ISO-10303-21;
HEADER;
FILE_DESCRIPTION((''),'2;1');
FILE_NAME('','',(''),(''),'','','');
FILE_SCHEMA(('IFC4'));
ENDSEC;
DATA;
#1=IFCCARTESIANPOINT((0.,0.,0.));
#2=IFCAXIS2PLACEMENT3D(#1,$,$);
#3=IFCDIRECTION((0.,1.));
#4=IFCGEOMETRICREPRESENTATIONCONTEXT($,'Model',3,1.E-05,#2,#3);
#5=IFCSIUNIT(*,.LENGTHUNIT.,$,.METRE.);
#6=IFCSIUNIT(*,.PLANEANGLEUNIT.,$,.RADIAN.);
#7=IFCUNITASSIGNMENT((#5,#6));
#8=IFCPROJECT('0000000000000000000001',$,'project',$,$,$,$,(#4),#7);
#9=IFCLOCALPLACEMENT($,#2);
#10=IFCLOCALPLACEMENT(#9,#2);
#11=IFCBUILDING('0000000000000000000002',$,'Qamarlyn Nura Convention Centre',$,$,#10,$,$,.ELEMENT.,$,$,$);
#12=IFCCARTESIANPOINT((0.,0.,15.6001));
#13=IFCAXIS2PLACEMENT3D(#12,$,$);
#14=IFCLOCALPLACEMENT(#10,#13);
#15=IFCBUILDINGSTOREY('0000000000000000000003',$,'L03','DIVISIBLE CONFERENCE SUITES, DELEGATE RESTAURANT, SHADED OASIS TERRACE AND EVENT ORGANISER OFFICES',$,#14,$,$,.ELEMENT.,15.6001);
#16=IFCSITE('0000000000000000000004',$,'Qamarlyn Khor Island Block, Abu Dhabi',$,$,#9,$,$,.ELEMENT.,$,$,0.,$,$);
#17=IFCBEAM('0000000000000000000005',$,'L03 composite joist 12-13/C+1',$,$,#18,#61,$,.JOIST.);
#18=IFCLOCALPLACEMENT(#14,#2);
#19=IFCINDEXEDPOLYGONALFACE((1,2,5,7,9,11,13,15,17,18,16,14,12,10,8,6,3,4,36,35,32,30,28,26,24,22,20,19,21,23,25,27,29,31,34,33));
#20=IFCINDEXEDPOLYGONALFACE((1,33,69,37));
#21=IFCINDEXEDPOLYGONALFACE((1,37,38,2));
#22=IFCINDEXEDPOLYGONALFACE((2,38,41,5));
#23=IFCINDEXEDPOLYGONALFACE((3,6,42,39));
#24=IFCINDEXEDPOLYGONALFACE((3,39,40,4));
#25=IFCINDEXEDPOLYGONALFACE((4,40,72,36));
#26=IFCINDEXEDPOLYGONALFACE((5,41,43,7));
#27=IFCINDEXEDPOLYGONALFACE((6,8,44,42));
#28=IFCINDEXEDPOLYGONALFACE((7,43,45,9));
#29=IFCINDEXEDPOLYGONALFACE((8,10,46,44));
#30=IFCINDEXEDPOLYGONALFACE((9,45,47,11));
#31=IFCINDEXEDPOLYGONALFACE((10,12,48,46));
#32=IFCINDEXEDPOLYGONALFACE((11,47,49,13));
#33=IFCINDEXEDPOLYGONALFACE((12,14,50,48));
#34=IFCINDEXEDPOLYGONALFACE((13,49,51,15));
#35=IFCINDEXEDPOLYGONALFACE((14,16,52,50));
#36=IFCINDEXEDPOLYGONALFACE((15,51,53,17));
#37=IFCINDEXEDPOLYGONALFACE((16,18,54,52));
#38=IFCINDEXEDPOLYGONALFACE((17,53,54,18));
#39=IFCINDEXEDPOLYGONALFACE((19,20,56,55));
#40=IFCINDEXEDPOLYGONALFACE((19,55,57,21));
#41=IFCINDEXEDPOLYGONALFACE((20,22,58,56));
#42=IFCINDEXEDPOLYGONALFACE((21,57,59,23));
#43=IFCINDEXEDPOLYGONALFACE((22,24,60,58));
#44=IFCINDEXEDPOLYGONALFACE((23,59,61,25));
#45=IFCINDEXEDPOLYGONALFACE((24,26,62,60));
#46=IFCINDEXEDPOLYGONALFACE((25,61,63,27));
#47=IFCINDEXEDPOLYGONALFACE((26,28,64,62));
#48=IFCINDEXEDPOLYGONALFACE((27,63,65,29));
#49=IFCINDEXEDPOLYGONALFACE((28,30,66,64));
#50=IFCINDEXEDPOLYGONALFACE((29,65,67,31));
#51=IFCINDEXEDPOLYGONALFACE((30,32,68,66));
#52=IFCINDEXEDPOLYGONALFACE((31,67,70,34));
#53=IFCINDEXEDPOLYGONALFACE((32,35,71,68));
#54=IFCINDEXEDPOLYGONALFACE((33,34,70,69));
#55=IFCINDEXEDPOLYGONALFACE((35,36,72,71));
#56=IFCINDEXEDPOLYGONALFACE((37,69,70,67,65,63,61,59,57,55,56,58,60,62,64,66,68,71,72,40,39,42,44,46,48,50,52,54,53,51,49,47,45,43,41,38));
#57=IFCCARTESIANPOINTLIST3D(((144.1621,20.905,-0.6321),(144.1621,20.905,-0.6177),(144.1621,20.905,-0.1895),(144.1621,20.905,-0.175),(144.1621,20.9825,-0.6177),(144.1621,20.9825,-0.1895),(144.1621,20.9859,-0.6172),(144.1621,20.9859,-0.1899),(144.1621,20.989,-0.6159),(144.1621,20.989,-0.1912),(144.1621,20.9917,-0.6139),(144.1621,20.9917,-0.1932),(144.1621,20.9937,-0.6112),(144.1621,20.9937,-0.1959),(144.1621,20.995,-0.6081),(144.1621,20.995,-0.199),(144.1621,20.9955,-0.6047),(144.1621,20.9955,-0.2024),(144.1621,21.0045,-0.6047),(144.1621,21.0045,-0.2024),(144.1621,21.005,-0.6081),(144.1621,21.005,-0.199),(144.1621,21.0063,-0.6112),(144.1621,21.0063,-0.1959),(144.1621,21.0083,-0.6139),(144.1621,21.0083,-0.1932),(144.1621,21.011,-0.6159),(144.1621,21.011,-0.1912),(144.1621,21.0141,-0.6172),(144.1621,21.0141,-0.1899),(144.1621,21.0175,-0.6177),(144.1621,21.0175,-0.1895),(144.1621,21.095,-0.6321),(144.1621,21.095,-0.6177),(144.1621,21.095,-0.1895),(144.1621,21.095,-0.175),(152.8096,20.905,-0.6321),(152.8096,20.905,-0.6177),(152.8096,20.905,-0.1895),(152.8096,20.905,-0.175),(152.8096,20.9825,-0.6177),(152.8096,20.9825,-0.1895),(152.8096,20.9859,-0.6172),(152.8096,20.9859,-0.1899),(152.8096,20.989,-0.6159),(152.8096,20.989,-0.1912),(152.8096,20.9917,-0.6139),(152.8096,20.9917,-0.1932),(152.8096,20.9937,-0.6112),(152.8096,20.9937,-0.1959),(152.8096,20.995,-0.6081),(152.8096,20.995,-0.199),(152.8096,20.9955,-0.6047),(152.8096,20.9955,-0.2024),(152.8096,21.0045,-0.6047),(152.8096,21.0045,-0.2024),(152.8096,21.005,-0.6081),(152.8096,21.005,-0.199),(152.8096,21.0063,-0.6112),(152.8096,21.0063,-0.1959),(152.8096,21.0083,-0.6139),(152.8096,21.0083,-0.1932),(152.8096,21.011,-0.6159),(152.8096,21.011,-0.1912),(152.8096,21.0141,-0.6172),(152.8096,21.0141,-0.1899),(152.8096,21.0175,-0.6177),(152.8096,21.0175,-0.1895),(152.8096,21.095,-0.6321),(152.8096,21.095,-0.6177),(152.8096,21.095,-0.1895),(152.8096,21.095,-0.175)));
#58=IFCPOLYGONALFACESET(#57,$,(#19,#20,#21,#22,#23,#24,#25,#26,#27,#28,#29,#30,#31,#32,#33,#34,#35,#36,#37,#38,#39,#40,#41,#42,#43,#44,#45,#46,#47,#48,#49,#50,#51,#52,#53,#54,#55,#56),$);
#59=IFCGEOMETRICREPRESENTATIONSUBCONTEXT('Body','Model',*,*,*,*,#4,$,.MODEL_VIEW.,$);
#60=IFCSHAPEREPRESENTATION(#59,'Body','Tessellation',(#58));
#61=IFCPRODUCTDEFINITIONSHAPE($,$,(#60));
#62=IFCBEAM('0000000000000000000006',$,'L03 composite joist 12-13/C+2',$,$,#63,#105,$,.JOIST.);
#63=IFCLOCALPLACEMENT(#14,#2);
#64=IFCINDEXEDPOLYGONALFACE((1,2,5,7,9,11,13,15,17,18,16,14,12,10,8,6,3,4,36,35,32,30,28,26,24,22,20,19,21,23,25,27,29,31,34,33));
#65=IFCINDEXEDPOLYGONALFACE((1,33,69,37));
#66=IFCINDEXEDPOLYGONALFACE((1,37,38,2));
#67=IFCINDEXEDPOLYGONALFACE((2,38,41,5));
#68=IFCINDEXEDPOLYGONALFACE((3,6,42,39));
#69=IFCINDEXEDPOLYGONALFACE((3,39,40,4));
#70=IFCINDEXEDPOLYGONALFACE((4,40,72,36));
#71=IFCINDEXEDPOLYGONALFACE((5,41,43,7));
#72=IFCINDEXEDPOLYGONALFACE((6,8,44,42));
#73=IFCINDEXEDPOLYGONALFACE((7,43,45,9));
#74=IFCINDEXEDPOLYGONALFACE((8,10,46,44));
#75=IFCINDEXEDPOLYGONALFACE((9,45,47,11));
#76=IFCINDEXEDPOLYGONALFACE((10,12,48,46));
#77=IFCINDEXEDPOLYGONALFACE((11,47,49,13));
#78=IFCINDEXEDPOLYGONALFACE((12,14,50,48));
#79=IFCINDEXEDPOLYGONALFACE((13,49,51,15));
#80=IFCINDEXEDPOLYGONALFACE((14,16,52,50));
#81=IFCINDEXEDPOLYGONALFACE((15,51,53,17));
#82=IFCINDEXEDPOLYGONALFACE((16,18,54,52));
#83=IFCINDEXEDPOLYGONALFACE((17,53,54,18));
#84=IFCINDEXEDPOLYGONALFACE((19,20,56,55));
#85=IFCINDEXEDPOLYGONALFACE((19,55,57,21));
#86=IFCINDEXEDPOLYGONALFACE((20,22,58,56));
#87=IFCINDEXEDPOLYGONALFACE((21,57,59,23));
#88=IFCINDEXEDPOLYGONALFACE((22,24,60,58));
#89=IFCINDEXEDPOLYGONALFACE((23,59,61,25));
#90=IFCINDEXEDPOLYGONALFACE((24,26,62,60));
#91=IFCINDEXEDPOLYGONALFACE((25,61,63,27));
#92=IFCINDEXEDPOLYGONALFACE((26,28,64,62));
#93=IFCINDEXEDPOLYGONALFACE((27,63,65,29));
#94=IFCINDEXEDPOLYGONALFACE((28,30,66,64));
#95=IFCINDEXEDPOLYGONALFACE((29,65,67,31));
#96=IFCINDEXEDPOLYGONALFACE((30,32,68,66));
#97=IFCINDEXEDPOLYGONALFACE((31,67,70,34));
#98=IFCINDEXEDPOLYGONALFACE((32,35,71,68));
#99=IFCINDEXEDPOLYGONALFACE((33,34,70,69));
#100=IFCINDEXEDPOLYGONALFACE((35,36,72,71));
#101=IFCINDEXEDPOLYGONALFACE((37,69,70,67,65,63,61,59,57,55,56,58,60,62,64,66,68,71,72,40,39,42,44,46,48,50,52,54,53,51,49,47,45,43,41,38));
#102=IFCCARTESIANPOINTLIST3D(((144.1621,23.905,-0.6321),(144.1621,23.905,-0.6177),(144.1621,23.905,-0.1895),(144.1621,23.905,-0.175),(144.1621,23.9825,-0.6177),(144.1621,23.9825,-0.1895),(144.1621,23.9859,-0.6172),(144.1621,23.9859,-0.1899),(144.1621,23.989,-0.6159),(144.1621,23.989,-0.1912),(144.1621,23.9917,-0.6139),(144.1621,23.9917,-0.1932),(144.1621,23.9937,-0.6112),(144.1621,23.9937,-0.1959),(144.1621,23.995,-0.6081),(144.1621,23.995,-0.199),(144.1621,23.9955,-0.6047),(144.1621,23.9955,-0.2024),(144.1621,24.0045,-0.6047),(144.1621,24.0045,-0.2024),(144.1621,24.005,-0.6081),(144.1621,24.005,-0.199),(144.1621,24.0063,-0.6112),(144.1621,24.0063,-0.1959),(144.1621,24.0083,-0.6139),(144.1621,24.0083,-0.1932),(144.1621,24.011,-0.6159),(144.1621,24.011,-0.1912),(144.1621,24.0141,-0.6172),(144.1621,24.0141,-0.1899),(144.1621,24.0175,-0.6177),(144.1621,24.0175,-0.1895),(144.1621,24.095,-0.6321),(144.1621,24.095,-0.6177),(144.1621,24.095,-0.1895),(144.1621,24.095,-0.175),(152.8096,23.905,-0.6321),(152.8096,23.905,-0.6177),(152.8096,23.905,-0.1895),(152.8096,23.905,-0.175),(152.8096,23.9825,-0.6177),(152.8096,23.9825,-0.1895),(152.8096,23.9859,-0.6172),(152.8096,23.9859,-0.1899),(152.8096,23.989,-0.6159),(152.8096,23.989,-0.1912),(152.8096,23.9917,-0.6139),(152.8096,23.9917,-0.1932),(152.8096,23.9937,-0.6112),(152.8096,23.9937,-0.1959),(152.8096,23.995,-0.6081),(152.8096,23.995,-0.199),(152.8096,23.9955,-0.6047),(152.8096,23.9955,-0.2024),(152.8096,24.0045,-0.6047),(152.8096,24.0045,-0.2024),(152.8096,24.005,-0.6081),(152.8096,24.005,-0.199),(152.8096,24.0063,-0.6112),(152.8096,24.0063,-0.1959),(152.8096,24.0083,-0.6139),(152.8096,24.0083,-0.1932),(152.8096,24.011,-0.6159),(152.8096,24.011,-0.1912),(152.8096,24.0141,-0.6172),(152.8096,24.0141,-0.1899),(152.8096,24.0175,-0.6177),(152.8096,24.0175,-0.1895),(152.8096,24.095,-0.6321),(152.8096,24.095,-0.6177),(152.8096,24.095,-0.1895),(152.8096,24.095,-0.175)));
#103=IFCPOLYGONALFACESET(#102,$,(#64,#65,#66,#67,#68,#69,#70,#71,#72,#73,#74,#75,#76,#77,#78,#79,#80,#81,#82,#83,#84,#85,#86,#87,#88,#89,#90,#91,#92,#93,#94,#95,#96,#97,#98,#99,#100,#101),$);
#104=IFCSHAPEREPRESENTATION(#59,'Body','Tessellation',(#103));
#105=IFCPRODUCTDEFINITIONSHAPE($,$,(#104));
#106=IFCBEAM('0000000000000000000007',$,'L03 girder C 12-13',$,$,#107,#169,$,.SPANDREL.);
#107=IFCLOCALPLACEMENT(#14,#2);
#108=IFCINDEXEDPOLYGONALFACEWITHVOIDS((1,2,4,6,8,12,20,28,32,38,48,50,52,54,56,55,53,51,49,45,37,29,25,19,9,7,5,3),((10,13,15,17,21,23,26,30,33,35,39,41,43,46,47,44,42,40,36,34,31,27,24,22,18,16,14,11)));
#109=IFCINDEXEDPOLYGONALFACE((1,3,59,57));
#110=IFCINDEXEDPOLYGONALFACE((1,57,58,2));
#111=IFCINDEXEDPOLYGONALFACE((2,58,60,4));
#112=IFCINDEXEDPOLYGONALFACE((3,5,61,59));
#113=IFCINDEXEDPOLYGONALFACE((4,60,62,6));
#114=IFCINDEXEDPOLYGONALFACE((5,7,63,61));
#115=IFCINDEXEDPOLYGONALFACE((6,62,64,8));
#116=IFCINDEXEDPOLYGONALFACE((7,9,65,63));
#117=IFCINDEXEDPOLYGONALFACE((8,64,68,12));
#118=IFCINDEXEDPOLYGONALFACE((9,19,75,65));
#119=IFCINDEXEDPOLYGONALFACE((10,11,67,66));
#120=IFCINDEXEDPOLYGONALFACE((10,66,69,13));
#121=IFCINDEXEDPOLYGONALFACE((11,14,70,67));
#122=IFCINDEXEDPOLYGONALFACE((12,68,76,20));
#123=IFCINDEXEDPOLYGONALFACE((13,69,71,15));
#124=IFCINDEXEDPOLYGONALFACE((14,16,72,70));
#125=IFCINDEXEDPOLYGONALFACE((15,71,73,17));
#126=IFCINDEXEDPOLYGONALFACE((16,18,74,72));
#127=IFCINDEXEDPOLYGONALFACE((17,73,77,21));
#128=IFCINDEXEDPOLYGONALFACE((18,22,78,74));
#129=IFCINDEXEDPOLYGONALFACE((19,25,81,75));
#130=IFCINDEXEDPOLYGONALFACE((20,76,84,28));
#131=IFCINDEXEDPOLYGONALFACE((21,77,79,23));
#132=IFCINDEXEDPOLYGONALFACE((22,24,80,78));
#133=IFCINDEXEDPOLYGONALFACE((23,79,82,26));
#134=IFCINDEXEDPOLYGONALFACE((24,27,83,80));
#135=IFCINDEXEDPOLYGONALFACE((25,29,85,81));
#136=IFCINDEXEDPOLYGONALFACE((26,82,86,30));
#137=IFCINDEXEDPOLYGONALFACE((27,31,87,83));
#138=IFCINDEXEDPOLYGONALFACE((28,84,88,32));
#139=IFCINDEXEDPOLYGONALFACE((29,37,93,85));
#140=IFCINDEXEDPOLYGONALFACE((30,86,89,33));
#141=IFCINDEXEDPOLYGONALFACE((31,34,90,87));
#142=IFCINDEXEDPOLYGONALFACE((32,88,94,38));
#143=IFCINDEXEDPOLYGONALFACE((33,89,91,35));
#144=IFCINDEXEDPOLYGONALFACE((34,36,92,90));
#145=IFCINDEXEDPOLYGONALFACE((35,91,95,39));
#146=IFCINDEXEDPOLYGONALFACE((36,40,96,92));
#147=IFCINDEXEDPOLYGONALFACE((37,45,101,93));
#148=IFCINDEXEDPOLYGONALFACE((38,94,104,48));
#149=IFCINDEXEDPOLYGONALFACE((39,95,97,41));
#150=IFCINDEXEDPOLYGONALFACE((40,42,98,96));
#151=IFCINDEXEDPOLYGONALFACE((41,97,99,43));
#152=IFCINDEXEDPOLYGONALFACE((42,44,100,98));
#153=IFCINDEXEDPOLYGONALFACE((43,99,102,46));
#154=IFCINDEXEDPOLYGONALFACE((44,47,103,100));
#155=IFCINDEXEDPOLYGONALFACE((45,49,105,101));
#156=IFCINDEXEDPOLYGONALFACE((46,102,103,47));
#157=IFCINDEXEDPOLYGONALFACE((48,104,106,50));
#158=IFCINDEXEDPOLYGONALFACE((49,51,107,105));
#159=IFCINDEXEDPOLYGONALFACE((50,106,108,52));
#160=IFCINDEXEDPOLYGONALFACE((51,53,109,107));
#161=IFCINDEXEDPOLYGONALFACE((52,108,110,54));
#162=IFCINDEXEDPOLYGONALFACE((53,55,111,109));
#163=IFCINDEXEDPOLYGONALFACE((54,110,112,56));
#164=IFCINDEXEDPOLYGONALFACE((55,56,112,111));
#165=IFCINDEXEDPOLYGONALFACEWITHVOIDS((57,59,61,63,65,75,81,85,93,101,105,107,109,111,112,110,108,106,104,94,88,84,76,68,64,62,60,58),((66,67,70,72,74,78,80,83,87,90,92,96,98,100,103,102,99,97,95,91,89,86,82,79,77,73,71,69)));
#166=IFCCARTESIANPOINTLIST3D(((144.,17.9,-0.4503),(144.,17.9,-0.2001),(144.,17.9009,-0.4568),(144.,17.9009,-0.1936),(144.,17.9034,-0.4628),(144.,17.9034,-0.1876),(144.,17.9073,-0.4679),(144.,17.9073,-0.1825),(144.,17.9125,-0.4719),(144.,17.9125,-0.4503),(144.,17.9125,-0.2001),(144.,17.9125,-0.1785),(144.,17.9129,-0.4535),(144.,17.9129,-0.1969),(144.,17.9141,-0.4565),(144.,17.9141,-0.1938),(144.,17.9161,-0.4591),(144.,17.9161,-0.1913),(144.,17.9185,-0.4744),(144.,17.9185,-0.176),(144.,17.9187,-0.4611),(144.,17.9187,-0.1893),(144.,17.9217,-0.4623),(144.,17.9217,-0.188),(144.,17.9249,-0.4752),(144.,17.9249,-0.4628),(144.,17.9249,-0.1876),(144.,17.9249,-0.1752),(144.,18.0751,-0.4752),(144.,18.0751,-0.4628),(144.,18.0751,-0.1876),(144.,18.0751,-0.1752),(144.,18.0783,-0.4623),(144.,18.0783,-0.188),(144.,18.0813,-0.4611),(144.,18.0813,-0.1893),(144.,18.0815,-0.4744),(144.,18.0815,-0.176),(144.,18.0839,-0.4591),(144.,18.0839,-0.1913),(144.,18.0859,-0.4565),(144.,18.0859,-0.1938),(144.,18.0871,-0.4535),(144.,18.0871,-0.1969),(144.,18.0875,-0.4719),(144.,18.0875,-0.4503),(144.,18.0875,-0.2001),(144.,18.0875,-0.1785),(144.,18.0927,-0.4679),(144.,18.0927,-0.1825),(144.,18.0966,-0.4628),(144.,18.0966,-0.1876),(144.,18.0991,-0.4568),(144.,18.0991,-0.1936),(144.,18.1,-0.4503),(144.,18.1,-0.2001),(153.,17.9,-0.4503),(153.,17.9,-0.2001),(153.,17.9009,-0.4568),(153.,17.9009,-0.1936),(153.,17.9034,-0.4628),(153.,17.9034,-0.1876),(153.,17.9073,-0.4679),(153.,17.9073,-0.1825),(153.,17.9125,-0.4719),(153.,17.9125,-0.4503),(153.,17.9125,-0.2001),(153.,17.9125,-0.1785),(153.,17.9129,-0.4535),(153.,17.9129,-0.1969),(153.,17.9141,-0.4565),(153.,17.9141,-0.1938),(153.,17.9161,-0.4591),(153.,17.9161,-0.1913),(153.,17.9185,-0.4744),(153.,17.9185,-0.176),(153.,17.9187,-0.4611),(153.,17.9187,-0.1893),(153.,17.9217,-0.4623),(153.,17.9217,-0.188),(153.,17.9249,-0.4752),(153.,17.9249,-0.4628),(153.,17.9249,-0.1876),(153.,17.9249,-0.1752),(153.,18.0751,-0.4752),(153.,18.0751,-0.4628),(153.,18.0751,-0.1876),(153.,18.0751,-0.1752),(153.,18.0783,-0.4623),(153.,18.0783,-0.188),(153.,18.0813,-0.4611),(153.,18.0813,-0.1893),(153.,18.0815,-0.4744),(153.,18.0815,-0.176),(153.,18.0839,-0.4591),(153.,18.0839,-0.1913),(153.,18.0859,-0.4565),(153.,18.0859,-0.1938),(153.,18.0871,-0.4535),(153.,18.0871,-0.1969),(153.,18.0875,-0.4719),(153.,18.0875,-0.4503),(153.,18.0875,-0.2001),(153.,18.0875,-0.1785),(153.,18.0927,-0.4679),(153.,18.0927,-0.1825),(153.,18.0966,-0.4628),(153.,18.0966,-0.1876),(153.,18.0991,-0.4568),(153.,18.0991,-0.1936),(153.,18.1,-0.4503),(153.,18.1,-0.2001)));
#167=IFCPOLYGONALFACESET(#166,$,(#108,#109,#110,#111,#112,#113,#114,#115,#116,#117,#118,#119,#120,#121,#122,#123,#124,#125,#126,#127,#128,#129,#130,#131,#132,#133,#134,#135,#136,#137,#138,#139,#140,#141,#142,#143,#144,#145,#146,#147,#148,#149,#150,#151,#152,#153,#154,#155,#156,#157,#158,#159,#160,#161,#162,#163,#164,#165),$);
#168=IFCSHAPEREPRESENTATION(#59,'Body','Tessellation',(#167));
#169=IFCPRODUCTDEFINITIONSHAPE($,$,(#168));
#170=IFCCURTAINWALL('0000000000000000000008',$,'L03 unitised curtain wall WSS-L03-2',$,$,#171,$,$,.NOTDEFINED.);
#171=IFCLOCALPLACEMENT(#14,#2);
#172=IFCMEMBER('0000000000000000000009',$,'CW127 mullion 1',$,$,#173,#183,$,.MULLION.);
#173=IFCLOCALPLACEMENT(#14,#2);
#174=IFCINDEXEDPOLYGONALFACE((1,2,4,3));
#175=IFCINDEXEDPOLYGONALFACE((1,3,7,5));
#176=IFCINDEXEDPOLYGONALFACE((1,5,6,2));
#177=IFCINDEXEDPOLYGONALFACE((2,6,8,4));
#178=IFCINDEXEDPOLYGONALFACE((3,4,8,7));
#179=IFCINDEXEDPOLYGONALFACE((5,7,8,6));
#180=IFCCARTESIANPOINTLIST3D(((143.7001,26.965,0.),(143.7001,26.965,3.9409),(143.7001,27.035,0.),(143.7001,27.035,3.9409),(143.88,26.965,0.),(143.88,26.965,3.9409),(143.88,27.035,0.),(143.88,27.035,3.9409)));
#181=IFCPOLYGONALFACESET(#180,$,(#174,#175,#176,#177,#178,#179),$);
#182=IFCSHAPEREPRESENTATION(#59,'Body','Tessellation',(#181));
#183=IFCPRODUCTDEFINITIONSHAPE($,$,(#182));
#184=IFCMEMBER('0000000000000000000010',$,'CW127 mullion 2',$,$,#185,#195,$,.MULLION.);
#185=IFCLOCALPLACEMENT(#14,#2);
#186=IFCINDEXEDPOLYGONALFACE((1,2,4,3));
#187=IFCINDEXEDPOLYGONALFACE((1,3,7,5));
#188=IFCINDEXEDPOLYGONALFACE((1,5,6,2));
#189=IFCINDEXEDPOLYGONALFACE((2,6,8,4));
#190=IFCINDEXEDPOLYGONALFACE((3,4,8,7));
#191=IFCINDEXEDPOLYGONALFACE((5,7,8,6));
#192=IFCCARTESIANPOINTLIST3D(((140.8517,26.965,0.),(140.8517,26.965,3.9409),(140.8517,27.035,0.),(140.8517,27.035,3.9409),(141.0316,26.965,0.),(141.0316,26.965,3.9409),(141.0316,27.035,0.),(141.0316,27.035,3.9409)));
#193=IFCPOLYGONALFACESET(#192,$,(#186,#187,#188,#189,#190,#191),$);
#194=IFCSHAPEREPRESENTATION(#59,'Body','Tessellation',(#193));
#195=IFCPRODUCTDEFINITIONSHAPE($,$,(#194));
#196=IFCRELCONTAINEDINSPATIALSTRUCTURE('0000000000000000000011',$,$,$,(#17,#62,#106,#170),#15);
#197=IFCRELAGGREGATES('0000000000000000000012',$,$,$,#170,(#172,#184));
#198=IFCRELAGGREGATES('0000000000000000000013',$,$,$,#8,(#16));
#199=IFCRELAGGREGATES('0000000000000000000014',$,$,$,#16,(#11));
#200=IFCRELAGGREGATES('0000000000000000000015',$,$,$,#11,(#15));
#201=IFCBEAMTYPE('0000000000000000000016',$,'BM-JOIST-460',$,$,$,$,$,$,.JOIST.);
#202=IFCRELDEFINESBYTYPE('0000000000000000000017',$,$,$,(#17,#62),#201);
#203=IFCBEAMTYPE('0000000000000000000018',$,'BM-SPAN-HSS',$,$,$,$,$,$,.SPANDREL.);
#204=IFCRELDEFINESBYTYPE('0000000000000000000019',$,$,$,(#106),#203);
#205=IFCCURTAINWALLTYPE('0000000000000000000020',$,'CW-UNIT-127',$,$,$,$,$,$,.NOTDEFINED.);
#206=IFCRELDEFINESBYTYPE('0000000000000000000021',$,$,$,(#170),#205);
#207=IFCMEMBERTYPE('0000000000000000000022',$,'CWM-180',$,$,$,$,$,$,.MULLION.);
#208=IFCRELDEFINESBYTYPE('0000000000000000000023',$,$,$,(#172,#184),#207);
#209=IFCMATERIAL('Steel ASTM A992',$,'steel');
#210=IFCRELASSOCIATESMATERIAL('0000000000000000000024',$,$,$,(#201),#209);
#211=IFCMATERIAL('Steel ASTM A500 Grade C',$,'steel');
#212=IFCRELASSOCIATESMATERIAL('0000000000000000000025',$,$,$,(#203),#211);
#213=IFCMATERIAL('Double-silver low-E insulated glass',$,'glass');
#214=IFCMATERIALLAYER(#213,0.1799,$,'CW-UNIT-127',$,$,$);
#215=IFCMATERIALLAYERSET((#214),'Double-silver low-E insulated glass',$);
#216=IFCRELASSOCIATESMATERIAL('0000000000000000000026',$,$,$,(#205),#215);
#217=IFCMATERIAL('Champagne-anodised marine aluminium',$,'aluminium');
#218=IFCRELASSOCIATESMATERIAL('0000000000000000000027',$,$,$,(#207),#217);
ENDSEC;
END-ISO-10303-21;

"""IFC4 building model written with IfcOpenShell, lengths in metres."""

from ifc_helpers import new_model, si_unit, direction, frame, origin, origin_2d, place, context, subcontext, project, spatial, rectangle, hollow_rectangle, i_section, extrude, material, layer, layer_set, material_profile, profile_set, type_object, element, aggregate, save


model = new_model("IFC4")

# Units and contexts
model_context = context("Model", 3, precision=1e-05, world=origin(), true_north=direction((0.0, 1.0)))
body_context = subcontext(model_context, "Body", "Model", "MODEL_VIEW")
ifc_project = project(units=[si_unit("LENGTHUNIT", "METRE"), si_unit("PLANEANGLEUNIT", "RADIAN")], contexts=[model_context])

# Site, building, storey
site_placement = place(None, origin())
site = spatial("IfcSite", under=ifc_project, at=site_placement, Name="Qamarlyn Khor Island Block, Abu Dhabi", CompositionType="ELEMENT", RefElevation=0.0)
building_placement = place(site_placement, origin())
building = spatial("IfcBuilding", under=site, at=building_placement, Name="Qamarlyn Nura Convention Centre", CompositionType="ELEMENT")
storey_placement = place(building_placement, frame((0.0, 0.0, 15.6001)))
storey = spatial("IfcBuildingStorey", under=building, at=storey_placement, Name="L03", Description="DIVISIBLE CONFERENCE SUITES, DELEGATE RESTAURANT, SHADED OASIS TERRACE AND EVENT ORGANISER OFFICES", CompositionType="ELEMENT", Elevation=15.6001)

# Shared definitions
ifc_material_1 = material(Name="Steel ASTM A500 Grade C", Category="steel")
ifc_material_2 = material(Name="Steel ASTM A992", Category="steel")

# Beams
ifc_material_profile_1 = material_profile(ifc_material_2, i_section(OverallWidth=0.1899, OverallDepth=0.457, WebThickness=0.009, FlangeThickness=0.0144, FilletRadius=0.0129, at=origin_2d()), Name="W460X74")
ifc_profile_set_1 = profile_set([ifc_material_profile_1], Name="Steel ASTM A992")
beam_type_1 = type_object("IfcBeamType", Name="BM-JOIST-460", PredefinedType="JOIST", material=ifc_profile_set_1)
for number, where, z_axis, x_axis, name in (
    (1, (144.1621, 21.0, -0.4036), (1.0, 0.0, 0.0), (0.0, 1.0, 0.0), "L03 composite joist 12-13/C+1"),
    (2, (144.1621, 24.0, -0.4036), (1.0, 0.0, 0.0), (0.0, 1.0, 0.0), "L03 composite joist 12-13/C+2"),
):
    element("IfcBeam", number, at=place(storey_placement, frame(where, z_axis=z_axis, x_axis=x_axis)), inside=storey, type_object=beam_type_1, Name=name, PredefinedType="JOIST", context=body_context, shape_type="SweptSolid", body=[
        extrude(i_section(OverallWidth=0.1899, OverallDepth=0.457, WebThickness=0.009, FlangeThickness=0.0144, FilletRadius=0.0129, at=origin_2d()), origin(), (0.0, 0.0, 1.0), 8.6475),
    ])
ifc_material_profile_2 = material_profile(ifc_material_1, hollow_rectangle(XDim=0.2, YDim=0.3, WallThickness=0.0125, InnerFilletRadius=0.0125, OuterFilletRadius=0.0249, at=origin_2d()), Name="HSS300X200X12.5")
ifc_profile_set_2 = profile_set([ifc_material_profile_2], Name="Steel ASTM A500 Grade C")
beam_type_2 = type_object("IfcBeamType", Name="BM-SPAN-HSS", PredefinedType="SPANDREL", material=ifc_profile_set_2)
beam_1_placement = place(storey_placement, frame((144.0, 18.0, -0.3252), z_axis=(1.0, 0.0, 0.0), x_axis=(0.0, 1.0, 0.0)))
element("IfcBeam", 3, at=beam_1_placement, inside=storey, type_object=beam_type_2, Name="L03 girder C 12-13", PredefinedType="SPANDREL", context=body_context, shape_type="SweptSolid", body=[
    extrude(hollow_rectangle(XDim=0.2, YDim=0.3, WallThickness=0.0125, InnerFilletRadius=0.0125, OuterFilletRadius=0.0249, at=origin_2d()), origin(), (0.0, 0.0, 1.0), 9.0),
])

# Curtain wall, members
ifc_material_3 = material(Name="Double-silver low-E insulated glass", Category="glass")
ifc_layer_1 = layer(ifc_material_3, 0.1799, Name="CW-UNIT-127")
ifc_layer_set_1 = layer_set([ifc_layer_1], Name="Double-silver low-E insulated glass")
curtain_wall_type = type_object("IfcCurtainWallType", Name="CW-UNIT-127", PredefinedType="NOTDEFINED", material=ifc_layer_set_1)
curtain_wall_placement = place(storey_placement, origin())
curtain_wall = element("IfcCurtainWall", 4, at=curtain_wall_placement, inside=storey, type_object=curtain_wall_type, Name="L03 unitised curtain wall WSS-L03-2", PredefinedType="NOTDEFINED")
ifc_material_4 = material(Name="Champagne-anodised marine aluminium", Category="aluminium")
ifc_material_profile_3 = material_profile(ifc_material_4, rectangle(XDim=0.0701, YDim=0.1799, at=origin_2d()), Name="ALU MULLION 70x180")
ifc_profile_set_3 = profile_set([ifc_material_profile_3], Name="Champagne-anodised marine aluminium")
member_type_1 = type_object("IfcMemberType", Name="CWM-180", PredefinedType="MULLION", material=ifc_profile_set_3)
member_1_placement = place(storey_placement, frame((143.79, 27.0, 0.0), z_axis=(0.0, 0.0, 1.0), x_axis=(0.0, -1.0, 0.0)))
member_1 = element("IfcMember", 5, at=member_1_placement, type_object=member_type_1, Name="CW127 mullion 1", PredefinedType="MULLION", context=body_context, shape_type="SweptSolid", body=[
    extrude(rectangle(XDim=0.0701, YDim=0.1799, at=origin_2d()), origin(), (0.0, 0.0, 1.0), 3.9409),
])
member_2_placement = place(storey_placement, frame((140.9417, 27.0, 0.0), z_axis=(0.0, 0.0, 1.0), x_axis=(0.0, -1.0, 0.0)))
member_2 = element("IfcMember", 6, at=member_2_placement, type_object=member_type_1, Name="CW127 mullion 2", PredefinedType="MULLION", context=body_context, shape_type="SweptSolid", body=[
    extrude(rectangle(XDim=0.0701, YDim=0.1799, at=origin_2d()), origin(), (0.0, 0.0, 1.0), 3.9409),
])
aggregate(curtain_wall, [member_1, member_2])

save(model, "model.ifc")
